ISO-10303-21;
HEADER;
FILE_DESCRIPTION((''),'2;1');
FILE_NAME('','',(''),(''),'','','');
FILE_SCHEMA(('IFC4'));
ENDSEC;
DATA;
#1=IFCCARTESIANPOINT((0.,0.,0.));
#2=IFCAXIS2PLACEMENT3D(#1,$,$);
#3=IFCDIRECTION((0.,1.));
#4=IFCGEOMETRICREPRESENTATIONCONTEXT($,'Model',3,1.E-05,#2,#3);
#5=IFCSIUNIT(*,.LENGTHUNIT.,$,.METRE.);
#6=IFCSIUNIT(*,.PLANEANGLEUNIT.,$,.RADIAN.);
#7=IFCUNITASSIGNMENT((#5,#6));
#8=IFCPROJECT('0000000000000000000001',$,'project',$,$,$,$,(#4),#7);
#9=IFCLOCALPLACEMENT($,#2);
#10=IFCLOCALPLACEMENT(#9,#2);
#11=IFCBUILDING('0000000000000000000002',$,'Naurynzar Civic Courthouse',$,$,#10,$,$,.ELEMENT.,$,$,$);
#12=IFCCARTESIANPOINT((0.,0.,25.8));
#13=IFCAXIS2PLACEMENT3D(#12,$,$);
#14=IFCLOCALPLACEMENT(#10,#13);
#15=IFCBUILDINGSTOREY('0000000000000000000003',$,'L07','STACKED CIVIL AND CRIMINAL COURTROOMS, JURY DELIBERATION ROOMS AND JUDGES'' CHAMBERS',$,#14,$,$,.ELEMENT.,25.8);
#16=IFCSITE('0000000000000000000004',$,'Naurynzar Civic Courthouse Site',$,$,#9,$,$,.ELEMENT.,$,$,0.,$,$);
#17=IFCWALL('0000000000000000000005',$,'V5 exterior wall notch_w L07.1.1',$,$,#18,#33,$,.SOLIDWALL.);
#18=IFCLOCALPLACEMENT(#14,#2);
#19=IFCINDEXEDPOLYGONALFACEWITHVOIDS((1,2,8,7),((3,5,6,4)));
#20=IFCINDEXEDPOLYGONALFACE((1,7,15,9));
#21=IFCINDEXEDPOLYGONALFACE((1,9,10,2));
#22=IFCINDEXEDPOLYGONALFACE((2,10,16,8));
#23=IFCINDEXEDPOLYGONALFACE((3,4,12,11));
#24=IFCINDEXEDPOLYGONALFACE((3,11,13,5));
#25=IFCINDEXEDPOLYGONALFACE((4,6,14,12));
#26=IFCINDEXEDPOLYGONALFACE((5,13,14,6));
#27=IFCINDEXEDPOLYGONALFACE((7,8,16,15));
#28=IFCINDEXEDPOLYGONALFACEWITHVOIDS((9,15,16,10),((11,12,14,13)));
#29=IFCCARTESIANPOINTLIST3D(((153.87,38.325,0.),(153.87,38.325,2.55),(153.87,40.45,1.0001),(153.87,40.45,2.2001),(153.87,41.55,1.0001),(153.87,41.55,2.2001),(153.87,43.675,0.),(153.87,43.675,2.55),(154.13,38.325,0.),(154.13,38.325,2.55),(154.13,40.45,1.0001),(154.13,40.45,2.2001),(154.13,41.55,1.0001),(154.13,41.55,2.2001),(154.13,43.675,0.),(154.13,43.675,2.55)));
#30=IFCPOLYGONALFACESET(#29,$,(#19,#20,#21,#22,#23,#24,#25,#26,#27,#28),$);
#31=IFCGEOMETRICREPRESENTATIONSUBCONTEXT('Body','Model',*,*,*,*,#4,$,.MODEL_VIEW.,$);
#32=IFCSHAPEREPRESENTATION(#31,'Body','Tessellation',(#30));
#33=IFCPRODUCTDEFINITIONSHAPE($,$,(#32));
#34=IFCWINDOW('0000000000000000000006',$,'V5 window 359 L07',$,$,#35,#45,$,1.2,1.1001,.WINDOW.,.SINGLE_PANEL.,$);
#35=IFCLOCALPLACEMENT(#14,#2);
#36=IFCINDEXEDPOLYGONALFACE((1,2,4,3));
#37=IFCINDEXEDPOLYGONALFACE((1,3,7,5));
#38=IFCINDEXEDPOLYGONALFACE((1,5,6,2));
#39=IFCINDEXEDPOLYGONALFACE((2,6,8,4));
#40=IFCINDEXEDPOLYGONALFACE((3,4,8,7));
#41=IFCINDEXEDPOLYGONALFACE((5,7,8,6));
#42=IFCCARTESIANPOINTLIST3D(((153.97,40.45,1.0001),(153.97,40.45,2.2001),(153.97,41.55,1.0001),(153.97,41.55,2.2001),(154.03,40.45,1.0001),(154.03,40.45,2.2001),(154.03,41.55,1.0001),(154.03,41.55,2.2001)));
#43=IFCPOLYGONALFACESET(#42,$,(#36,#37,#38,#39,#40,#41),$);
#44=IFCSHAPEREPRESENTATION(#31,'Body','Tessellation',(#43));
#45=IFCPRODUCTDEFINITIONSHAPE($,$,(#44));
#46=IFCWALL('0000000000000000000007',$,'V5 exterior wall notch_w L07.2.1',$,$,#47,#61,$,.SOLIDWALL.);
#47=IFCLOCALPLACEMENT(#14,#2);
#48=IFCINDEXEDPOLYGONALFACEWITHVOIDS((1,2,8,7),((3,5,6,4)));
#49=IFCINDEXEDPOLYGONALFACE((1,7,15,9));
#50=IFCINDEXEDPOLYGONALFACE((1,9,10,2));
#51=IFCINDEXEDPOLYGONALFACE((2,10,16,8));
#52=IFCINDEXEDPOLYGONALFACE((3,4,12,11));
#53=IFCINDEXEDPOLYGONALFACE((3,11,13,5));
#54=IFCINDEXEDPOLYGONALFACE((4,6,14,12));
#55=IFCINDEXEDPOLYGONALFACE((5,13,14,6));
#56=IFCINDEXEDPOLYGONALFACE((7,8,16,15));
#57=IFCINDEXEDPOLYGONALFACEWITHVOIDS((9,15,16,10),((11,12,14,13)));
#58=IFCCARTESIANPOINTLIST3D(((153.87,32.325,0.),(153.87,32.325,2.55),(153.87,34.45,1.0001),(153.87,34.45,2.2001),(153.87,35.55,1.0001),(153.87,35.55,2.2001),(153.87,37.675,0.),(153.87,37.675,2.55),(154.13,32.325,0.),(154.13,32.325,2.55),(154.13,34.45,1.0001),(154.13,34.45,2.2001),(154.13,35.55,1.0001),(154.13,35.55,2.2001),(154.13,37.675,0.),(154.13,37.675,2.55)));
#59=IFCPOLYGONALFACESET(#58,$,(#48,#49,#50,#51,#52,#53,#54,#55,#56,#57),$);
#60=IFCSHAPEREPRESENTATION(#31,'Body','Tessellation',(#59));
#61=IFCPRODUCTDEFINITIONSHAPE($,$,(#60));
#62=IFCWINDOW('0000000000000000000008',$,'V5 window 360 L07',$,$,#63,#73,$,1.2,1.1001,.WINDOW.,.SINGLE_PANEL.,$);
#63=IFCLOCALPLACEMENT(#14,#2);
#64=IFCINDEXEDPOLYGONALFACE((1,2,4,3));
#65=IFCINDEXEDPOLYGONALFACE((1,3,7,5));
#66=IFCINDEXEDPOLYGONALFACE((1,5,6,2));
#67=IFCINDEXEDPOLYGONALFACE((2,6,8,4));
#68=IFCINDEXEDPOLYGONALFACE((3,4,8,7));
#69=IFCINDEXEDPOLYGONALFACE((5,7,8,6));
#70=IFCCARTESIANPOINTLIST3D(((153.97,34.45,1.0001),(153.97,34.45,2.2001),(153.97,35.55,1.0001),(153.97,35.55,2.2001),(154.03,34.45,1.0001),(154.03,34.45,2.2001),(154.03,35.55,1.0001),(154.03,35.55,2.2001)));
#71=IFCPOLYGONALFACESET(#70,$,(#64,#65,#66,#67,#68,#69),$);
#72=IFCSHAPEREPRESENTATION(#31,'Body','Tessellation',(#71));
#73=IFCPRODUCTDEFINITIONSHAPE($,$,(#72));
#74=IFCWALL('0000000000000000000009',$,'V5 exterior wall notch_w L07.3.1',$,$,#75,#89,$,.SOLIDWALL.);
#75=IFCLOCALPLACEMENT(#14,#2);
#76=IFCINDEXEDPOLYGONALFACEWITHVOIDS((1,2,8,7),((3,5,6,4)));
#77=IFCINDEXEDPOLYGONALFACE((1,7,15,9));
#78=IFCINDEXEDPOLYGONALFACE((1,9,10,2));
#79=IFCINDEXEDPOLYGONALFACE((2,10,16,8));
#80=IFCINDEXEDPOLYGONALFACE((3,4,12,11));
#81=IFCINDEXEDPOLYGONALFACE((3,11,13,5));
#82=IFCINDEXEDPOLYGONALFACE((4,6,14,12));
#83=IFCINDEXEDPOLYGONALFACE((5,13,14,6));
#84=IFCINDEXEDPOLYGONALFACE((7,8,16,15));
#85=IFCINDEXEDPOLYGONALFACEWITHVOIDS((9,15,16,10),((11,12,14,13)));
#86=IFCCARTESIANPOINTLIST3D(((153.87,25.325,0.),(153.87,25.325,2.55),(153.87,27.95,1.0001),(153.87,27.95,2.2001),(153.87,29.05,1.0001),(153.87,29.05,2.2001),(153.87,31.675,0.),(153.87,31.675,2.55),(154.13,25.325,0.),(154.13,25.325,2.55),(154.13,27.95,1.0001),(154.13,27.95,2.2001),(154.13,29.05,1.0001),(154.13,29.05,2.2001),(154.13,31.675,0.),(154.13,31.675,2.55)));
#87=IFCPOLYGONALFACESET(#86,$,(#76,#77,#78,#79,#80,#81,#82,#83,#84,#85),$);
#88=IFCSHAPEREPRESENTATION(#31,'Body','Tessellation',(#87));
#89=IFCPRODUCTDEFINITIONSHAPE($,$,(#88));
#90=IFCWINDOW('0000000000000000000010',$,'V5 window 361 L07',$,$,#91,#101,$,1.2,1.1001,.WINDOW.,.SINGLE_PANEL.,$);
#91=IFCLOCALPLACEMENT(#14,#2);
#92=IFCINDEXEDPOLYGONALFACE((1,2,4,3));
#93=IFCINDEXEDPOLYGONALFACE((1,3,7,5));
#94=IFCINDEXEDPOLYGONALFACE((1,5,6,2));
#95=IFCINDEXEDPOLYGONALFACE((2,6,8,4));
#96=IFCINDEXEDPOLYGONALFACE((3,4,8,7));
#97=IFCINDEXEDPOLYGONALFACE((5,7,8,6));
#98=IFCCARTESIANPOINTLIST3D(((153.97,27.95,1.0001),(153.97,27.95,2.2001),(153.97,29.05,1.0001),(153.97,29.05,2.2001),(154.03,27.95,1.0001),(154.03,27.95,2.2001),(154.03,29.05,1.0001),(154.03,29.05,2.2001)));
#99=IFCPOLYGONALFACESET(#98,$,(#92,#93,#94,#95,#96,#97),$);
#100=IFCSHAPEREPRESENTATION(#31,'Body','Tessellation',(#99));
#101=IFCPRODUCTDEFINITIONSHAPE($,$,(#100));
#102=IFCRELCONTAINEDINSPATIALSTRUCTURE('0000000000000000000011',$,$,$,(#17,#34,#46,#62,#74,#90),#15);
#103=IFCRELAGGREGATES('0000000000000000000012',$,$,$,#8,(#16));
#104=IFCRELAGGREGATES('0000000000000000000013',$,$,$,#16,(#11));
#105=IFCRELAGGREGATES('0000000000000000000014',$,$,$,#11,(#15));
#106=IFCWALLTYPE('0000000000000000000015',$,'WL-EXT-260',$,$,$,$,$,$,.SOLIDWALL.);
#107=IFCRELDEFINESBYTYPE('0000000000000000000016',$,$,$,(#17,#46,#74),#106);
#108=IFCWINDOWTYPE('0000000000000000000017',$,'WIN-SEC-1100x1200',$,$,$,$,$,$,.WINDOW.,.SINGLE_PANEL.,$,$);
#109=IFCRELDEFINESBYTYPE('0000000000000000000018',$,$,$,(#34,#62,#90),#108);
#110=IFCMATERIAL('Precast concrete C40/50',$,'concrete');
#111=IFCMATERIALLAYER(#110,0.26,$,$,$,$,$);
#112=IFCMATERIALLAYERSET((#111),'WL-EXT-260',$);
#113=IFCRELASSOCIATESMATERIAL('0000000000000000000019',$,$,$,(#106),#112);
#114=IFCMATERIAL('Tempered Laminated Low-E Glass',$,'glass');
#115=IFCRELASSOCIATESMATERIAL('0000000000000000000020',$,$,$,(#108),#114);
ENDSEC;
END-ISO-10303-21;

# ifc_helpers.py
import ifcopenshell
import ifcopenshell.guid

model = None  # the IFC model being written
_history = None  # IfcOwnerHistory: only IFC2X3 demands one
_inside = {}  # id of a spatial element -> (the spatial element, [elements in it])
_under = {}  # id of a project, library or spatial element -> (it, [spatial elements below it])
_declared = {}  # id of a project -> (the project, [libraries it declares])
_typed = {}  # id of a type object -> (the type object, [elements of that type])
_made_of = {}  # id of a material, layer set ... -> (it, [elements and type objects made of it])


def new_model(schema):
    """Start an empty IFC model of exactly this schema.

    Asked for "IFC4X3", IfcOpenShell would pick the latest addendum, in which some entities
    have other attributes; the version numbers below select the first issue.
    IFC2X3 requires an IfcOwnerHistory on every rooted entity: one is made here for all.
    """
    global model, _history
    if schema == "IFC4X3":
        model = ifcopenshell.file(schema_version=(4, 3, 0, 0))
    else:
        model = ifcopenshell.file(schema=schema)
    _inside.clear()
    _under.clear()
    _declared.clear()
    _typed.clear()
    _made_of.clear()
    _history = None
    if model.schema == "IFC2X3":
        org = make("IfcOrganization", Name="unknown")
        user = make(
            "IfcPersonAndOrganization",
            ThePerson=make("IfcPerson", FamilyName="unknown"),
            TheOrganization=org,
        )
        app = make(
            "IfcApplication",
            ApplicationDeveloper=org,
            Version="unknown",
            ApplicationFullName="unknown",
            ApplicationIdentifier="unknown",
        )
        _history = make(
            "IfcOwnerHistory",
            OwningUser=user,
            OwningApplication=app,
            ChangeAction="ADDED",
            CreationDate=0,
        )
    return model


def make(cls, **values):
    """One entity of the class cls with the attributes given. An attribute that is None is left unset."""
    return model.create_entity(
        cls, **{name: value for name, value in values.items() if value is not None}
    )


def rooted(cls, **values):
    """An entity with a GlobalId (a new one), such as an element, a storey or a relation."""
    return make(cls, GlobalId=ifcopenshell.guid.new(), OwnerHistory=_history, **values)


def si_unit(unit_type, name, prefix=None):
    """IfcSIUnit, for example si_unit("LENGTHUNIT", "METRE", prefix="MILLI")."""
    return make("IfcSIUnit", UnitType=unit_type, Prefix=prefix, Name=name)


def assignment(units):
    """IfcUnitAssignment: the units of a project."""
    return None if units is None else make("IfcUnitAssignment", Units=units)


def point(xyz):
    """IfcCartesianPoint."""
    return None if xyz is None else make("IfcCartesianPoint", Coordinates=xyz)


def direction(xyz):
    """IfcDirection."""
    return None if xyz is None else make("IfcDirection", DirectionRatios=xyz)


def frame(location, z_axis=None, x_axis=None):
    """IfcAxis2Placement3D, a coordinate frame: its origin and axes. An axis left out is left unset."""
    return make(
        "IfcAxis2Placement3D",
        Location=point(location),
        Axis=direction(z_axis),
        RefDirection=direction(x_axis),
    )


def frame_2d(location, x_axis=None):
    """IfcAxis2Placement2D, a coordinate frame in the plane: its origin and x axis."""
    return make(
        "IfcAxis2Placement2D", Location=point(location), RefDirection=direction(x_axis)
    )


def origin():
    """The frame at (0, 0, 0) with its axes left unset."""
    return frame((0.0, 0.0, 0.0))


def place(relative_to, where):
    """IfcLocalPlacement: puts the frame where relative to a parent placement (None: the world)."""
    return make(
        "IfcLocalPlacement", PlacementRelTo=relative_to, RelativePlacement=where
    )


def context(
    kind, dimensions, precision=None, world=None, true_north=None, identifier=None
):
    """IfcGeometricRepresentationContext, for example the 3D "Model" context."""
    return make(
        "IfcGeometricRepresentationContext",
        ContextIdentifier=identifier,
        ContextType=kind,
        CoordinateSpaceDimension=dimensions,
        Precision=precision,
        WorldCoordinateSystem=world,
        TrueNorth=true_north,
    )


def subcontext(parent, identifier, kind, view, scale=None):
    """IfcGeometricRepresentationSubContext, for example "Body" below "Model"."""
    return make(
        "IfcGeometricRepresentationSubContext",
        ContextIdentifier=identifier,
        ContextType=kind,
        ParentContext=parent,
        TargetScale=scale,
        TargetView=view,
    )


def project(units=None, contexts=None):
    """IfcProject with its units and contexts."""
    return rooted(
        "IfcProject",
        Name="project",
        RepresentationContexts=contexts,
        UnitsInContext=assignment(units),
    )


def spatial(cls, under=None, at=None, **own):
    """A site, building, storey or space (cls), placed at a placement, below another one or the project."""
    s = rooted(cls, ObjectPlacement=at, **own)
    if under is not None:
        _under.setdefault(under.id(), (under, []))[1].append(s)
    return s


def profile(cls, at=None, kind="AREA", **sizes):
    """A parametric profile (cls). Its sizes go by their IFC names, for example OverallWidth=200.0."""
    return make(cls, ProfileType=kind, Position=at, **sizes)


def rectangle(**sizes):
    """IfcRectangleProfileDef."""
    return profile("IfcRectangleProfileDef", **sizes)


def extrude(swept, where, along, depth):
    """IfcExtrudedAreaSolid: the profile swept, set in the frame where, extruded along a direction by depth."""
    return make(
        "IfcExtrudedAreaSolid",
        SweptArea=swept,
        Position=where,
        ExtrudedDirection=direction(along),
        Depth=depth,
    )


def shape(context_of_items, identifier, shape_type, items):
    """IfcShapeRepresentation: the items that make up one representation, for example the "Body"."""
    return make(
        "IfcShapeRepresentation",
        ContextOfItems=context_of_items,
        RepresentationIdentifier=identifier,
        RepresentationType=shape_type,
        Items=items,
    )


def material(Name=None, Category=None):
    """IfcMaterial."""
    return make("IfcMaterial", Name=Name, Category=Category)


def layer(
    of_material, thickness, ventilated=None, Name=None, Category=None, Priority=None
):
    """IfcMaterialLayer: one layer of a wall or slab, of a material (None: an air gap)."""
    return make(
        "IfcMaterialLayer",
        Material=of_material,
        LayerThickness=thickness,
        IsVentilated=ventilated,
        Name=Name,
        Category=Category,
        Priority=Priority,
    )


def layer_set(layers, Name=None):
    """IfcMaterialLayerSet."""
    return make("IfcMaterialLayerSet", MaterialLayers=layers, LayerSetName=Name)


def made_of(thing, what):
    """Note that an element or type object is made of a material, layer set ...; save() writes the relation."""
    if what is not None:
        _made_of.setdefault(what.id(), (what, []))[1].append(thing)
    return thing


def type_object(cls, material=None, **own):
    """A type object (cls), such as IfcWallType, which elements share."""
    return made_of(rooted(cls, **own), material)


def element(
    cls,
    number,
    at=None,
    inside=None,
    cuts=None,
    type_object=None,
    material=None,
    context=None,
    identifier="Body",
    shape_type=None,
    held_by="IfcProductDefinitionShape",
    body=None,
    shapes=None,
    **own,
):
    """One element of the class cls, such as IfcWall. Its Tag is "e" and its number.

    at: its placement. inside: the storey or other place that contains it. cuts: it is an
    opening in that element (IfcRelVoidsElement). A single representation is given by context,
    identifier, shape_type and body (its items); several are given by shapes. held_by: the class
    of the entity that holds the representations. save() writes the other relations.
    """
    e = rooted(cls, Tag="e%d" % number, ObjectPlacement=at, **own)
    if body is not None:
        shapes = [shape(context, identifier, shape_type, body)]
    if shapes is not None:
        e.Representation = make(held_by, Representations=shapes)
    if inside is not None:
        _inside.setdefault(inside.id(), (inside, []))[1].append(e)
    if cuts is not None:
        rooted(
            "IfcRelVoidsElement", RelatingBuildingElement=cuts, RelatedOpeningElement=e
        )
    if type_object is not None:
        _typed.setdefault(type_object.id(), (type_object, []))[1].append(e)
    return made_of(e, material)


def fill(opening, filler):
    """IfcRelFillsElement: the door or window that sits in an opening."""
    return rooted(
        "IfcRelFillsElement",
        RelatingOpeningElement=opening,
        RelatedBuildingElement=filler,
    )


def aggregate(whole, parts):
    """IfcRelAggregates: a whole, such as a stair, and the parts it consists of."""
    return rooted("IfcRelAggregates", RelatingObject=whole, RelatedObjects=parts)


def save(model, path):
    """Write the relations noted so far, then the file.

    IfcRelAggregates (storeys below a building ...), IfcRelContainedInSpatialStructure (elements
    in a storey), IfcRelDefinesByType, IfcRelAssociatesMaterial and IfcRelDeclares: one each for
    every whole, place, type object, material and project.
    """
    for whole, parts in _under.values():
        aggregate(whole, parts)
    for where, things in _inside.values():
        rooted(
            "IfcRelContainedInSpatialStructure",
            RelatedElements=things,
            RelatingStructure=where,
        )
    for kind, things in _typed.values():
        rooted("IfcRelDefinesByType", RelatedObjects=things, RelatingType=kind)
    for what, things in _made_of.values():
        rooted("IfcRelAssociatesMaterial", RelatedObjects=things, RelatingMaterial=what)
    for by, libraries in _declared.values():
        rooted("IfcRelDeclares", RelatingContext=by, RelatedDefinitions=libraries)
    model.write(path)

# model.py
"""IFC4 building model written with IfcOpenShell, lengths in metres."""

from ifc_helpers import new_model, si_unit, direction, frame, frame_2d, origin, place, context, subcontext, project, spatial, rectangle, extrude, material, layer, layer_set, type_object, element, fill, save


model = new_model("IFC4")

# Units and contexts
model_context = context("Model", 3, precision=1e-05, world=origin(), true_north=direction((0.0, 1.0)))
body_context = subcontext(model_context, "Body", "Model", "MODEL_VIEW")
ifc_project = project(units=[si_unit("LENGTHUNIT", "METRE"), si_unit("PLANEANGLEUNIT", "RADIAN")], contexts=[model_context])

# Site, building, storey
site_placement = place(None, origin())
site = spatial("IfcSite", under=ifc_project, at=site_placement, Name="Naurynzar Civic Courthouse Site", CompositionType="ELEMENT", RefElevation=0.0)
building_placement = place(site_placement, origin())
building = spatial("IfcBuilding", under=site, at=building_placement, Name="Naurynzar Civic Courthouse", CompositionType="ELEMENT")
storey_placement = place(building_placement, frame((0.0, 0.0, 25.8)))
storey = spatial("IfcBuildingStorey", under=building, at=storey_placement, Name="L07", Description="STACKED CIVIL AND CRIMINAL COURTROOMS, JURY DELIBERATION ROOMS AND JUDGES' CHAMBERS", CompositionType="ELEMENT", Elevation=25.8)

# Walls, openings, windows
ifc_material_1 = material(Name="Precast concrete C40/50", Category="concrete")
ifc_layer = layer(ifc_material_1, 0.26)
ifc_layer_set = layer_set([ifc_layer], Name="WL-EXT-260")
wall_type = type_object("IfcWallType", Name="WL-EXT-260", PredefinedType="SOLIDWALL", material=ifc_layer_set)
wall_1_placement = place(storey_placement, frame((154.0, 43.675, 0.0), z_axis=(0.0, 0.0, 1.0), x_axis=(0.0, -1.0, 0.0)))
wall_1 = element("IfcWall", 1, at=wall_1_placement, inside=storey, type_object=wall_type, Name="V5 exterior wall notch_w L07.1.1", PredefinedType="SOLIDWALL", context=body_context, shape_type="SweptSolid", body=[
    extrude(rectangle(XDim=5.3501, YDim=0.26, at=frame_2d((2.675, 0.0))), origin(), (0.0, 0.0, 1.0), 2.55),
])
opening_1_placement = place(wall_1_placement, frame((2.125, 0.0, 1.0)))
opening_1 = element("IfcOpeningElement", 2, at=opening_1_placement, cuts=wall_1, PredefinedType="OPENING", context=body_context, shape_type="SweptSolid", body=[
    extrude(rectangle(XDim=1.1001, YDim=1.2, at=frame_2d((0.55, 0.6001))), frame((0.0, 0.1399, 0.0), z_axis=(0.0, -1.0, 0.0), x_axis=(1.0, 0.0, 0.0)), (0.0, 0.0, 1.0), 0.28),
])
ifc_material_2 = material(Name="Tempered Laminated Low-E Glass", Category="glass")
window_type = type_object("IfcWindowType", Name="WIN-SEC-1100x1200", PartitioningType="SINGLE_PANEL", PredefinedType="WINDOW", material=ifc_material_2)
window_1_placement = place(opening_1_placement, origin())
window_1 = element("IfcWindow", 3, at=window_1_placement, inside=storey, type_object=window_type, Name="V5 window 359 L07", OverallHeight=1.2, OverallWidth=1.1001, PartitioningType="SINGLE_PANEL", PredefinedType="WINDOW", context=body_context, shape_type="SweptSolid", body=[
    extrude(rectangle(XDim=1.1001, YDim=1.2, at=frame_2d((0.55, 0.6001))), frame((0.0, 0.03, 0.0), z_axis=(0.0, -1.0, 0.0), x_axis=(1.0, 0.0, 0.0)), (0.0, 0.0, 1.0), 0.0601),
])
fill(opening_1, window_1)
wall_2_placement = place(storey_placement, frame((154.0, 37.675, 0.0), z_axis=(0.0, 0.0, 1.0), x_axis=(0.0, -1.0, 0.0)))
wall_2 = element("IfcWall", 4, at=wall_2_placement, inside=storey, type_object=wall_type, Name="V5 exterior wall notch_w L07.2.1", PredefinedType="SOLIDWALL", context=body_context, shape_type="SweptSolid", body=[
    extrude(rectangle(XDim=5.3501, YDim=0.26, at=frame_2d((2.675, 0.0))), origin(), (0.0, 0.0, 1.0), 2.55),
])
opening_2_placement = place(wall_2_placement, frame((2.125, 0.0, 1.0)))
opening_2 = element("IfcOpeningElement", 5, at=opening_2_placement, cuts=wall_2, PredefinedType="OPENING", context=body_context, shape_type="SweptSolid", body=[
    extrude(rectangle(XDim=1.1001, YDim=1.2, at=frame_2d((0.55, 0.6001))), frame((0.0, 0.1399, 0.0), z_axis=(0.0, -1.0, 0.0), x_axis=(1.0, 0.0, 0.0)), (0.0, 0.0, 1.0), 0.28),
])
window_2_placement = place(opening_2_placement, origin())
window_2 = element("IfcWindow", 6, at=window_2_placement, inside=storey, type_object=window_type, Name="V5 window 360 L07", OverallHeight=1.2, OverallWidth=1.1001, PartitioningType="SINGLE_PANEL", PredefinedType="WINDOW", context=body_context, shape_type="SweptSolid", body=[
    extrude(rectangle(XDim=1.1001, YDim=1.2, at=frame_2d((0.55, 0.6001))), frame((0.0, 0.03, 0.0), z_axis=(0.0, -1.0, 0.0), x_axis=(1.0, 0.0, 0.0)), (0.0, 0.0, 1.0), 0.0601),
])
fill(opening_2, window_2)
wall_3_placement = place(storey_placement, frame((154.0, 31.675, 0.0), z_axis=(0.0, 0.0, 1.0), x_axis=(0.0, -1.0, 0.0)))
wall_3 = element("IfcWall", 7, at=wall_3_placement, inside=storey, type_object=wall_type, Name="V5 exterior wall notch_w L07.3.1", PredefinedType="SOLIDWALL", context=body_context, shape_type="SweptSolid", body=[
    extrude(rectangle(XDim=6.3501, YDim=0.26, at=frame_2d((3.175, 0.0))), origin(), (0.0, 0.0, 1.0), 2.55),
])
opening_3_placement = place(wall_3_placement, frame((2.625, 0.0, 1.0)))
opening_3 = element("IfcOpeningElement", 8, at=opening_3_placement, cuts=wall_3, PredefinedType="OPENING", context=body_context, shape_type="SweptSolid", body=[
    extrude(rectangle(XDim=1.1001, YDim=1.2, at=frame_2d((0.55, 0.6001))), frame((0.0, 0.1399, 0.0), z_axis=(0.0, -1.0, 0.0), x_axis=(1.0, 0.0, 0.0)), (0.0, 0.0, 1.0), 0.28),
])
window_3_placement = place(opening_3_placement, origin())
window_3 = element("IfcWindow", 9, at=window_3_placement, inside=storey, type_object=window_type, Name="V5 window 361 L07", OverallHeight=1.2, OverallWidth=1.1001, PartitioningType="SINGLE_PANEL", PredefinedType="WINDOW", context=body_context, shape_type="SweptSolid", body=[
    extrude(rectangle(XDim=1.1001, YDim=1.2, at=frame_2d((0.55, 0.6001))), frame((0.0, 0.03, 0.0), z_axis=(0.0, -1.0, 0.0), x_axis=(1.0, 0.0, 0.0)), (0.0, 0.0, 1.0), 0.0601),
])
fill(opening_3, window_3)

save(model, "model.ifc")
